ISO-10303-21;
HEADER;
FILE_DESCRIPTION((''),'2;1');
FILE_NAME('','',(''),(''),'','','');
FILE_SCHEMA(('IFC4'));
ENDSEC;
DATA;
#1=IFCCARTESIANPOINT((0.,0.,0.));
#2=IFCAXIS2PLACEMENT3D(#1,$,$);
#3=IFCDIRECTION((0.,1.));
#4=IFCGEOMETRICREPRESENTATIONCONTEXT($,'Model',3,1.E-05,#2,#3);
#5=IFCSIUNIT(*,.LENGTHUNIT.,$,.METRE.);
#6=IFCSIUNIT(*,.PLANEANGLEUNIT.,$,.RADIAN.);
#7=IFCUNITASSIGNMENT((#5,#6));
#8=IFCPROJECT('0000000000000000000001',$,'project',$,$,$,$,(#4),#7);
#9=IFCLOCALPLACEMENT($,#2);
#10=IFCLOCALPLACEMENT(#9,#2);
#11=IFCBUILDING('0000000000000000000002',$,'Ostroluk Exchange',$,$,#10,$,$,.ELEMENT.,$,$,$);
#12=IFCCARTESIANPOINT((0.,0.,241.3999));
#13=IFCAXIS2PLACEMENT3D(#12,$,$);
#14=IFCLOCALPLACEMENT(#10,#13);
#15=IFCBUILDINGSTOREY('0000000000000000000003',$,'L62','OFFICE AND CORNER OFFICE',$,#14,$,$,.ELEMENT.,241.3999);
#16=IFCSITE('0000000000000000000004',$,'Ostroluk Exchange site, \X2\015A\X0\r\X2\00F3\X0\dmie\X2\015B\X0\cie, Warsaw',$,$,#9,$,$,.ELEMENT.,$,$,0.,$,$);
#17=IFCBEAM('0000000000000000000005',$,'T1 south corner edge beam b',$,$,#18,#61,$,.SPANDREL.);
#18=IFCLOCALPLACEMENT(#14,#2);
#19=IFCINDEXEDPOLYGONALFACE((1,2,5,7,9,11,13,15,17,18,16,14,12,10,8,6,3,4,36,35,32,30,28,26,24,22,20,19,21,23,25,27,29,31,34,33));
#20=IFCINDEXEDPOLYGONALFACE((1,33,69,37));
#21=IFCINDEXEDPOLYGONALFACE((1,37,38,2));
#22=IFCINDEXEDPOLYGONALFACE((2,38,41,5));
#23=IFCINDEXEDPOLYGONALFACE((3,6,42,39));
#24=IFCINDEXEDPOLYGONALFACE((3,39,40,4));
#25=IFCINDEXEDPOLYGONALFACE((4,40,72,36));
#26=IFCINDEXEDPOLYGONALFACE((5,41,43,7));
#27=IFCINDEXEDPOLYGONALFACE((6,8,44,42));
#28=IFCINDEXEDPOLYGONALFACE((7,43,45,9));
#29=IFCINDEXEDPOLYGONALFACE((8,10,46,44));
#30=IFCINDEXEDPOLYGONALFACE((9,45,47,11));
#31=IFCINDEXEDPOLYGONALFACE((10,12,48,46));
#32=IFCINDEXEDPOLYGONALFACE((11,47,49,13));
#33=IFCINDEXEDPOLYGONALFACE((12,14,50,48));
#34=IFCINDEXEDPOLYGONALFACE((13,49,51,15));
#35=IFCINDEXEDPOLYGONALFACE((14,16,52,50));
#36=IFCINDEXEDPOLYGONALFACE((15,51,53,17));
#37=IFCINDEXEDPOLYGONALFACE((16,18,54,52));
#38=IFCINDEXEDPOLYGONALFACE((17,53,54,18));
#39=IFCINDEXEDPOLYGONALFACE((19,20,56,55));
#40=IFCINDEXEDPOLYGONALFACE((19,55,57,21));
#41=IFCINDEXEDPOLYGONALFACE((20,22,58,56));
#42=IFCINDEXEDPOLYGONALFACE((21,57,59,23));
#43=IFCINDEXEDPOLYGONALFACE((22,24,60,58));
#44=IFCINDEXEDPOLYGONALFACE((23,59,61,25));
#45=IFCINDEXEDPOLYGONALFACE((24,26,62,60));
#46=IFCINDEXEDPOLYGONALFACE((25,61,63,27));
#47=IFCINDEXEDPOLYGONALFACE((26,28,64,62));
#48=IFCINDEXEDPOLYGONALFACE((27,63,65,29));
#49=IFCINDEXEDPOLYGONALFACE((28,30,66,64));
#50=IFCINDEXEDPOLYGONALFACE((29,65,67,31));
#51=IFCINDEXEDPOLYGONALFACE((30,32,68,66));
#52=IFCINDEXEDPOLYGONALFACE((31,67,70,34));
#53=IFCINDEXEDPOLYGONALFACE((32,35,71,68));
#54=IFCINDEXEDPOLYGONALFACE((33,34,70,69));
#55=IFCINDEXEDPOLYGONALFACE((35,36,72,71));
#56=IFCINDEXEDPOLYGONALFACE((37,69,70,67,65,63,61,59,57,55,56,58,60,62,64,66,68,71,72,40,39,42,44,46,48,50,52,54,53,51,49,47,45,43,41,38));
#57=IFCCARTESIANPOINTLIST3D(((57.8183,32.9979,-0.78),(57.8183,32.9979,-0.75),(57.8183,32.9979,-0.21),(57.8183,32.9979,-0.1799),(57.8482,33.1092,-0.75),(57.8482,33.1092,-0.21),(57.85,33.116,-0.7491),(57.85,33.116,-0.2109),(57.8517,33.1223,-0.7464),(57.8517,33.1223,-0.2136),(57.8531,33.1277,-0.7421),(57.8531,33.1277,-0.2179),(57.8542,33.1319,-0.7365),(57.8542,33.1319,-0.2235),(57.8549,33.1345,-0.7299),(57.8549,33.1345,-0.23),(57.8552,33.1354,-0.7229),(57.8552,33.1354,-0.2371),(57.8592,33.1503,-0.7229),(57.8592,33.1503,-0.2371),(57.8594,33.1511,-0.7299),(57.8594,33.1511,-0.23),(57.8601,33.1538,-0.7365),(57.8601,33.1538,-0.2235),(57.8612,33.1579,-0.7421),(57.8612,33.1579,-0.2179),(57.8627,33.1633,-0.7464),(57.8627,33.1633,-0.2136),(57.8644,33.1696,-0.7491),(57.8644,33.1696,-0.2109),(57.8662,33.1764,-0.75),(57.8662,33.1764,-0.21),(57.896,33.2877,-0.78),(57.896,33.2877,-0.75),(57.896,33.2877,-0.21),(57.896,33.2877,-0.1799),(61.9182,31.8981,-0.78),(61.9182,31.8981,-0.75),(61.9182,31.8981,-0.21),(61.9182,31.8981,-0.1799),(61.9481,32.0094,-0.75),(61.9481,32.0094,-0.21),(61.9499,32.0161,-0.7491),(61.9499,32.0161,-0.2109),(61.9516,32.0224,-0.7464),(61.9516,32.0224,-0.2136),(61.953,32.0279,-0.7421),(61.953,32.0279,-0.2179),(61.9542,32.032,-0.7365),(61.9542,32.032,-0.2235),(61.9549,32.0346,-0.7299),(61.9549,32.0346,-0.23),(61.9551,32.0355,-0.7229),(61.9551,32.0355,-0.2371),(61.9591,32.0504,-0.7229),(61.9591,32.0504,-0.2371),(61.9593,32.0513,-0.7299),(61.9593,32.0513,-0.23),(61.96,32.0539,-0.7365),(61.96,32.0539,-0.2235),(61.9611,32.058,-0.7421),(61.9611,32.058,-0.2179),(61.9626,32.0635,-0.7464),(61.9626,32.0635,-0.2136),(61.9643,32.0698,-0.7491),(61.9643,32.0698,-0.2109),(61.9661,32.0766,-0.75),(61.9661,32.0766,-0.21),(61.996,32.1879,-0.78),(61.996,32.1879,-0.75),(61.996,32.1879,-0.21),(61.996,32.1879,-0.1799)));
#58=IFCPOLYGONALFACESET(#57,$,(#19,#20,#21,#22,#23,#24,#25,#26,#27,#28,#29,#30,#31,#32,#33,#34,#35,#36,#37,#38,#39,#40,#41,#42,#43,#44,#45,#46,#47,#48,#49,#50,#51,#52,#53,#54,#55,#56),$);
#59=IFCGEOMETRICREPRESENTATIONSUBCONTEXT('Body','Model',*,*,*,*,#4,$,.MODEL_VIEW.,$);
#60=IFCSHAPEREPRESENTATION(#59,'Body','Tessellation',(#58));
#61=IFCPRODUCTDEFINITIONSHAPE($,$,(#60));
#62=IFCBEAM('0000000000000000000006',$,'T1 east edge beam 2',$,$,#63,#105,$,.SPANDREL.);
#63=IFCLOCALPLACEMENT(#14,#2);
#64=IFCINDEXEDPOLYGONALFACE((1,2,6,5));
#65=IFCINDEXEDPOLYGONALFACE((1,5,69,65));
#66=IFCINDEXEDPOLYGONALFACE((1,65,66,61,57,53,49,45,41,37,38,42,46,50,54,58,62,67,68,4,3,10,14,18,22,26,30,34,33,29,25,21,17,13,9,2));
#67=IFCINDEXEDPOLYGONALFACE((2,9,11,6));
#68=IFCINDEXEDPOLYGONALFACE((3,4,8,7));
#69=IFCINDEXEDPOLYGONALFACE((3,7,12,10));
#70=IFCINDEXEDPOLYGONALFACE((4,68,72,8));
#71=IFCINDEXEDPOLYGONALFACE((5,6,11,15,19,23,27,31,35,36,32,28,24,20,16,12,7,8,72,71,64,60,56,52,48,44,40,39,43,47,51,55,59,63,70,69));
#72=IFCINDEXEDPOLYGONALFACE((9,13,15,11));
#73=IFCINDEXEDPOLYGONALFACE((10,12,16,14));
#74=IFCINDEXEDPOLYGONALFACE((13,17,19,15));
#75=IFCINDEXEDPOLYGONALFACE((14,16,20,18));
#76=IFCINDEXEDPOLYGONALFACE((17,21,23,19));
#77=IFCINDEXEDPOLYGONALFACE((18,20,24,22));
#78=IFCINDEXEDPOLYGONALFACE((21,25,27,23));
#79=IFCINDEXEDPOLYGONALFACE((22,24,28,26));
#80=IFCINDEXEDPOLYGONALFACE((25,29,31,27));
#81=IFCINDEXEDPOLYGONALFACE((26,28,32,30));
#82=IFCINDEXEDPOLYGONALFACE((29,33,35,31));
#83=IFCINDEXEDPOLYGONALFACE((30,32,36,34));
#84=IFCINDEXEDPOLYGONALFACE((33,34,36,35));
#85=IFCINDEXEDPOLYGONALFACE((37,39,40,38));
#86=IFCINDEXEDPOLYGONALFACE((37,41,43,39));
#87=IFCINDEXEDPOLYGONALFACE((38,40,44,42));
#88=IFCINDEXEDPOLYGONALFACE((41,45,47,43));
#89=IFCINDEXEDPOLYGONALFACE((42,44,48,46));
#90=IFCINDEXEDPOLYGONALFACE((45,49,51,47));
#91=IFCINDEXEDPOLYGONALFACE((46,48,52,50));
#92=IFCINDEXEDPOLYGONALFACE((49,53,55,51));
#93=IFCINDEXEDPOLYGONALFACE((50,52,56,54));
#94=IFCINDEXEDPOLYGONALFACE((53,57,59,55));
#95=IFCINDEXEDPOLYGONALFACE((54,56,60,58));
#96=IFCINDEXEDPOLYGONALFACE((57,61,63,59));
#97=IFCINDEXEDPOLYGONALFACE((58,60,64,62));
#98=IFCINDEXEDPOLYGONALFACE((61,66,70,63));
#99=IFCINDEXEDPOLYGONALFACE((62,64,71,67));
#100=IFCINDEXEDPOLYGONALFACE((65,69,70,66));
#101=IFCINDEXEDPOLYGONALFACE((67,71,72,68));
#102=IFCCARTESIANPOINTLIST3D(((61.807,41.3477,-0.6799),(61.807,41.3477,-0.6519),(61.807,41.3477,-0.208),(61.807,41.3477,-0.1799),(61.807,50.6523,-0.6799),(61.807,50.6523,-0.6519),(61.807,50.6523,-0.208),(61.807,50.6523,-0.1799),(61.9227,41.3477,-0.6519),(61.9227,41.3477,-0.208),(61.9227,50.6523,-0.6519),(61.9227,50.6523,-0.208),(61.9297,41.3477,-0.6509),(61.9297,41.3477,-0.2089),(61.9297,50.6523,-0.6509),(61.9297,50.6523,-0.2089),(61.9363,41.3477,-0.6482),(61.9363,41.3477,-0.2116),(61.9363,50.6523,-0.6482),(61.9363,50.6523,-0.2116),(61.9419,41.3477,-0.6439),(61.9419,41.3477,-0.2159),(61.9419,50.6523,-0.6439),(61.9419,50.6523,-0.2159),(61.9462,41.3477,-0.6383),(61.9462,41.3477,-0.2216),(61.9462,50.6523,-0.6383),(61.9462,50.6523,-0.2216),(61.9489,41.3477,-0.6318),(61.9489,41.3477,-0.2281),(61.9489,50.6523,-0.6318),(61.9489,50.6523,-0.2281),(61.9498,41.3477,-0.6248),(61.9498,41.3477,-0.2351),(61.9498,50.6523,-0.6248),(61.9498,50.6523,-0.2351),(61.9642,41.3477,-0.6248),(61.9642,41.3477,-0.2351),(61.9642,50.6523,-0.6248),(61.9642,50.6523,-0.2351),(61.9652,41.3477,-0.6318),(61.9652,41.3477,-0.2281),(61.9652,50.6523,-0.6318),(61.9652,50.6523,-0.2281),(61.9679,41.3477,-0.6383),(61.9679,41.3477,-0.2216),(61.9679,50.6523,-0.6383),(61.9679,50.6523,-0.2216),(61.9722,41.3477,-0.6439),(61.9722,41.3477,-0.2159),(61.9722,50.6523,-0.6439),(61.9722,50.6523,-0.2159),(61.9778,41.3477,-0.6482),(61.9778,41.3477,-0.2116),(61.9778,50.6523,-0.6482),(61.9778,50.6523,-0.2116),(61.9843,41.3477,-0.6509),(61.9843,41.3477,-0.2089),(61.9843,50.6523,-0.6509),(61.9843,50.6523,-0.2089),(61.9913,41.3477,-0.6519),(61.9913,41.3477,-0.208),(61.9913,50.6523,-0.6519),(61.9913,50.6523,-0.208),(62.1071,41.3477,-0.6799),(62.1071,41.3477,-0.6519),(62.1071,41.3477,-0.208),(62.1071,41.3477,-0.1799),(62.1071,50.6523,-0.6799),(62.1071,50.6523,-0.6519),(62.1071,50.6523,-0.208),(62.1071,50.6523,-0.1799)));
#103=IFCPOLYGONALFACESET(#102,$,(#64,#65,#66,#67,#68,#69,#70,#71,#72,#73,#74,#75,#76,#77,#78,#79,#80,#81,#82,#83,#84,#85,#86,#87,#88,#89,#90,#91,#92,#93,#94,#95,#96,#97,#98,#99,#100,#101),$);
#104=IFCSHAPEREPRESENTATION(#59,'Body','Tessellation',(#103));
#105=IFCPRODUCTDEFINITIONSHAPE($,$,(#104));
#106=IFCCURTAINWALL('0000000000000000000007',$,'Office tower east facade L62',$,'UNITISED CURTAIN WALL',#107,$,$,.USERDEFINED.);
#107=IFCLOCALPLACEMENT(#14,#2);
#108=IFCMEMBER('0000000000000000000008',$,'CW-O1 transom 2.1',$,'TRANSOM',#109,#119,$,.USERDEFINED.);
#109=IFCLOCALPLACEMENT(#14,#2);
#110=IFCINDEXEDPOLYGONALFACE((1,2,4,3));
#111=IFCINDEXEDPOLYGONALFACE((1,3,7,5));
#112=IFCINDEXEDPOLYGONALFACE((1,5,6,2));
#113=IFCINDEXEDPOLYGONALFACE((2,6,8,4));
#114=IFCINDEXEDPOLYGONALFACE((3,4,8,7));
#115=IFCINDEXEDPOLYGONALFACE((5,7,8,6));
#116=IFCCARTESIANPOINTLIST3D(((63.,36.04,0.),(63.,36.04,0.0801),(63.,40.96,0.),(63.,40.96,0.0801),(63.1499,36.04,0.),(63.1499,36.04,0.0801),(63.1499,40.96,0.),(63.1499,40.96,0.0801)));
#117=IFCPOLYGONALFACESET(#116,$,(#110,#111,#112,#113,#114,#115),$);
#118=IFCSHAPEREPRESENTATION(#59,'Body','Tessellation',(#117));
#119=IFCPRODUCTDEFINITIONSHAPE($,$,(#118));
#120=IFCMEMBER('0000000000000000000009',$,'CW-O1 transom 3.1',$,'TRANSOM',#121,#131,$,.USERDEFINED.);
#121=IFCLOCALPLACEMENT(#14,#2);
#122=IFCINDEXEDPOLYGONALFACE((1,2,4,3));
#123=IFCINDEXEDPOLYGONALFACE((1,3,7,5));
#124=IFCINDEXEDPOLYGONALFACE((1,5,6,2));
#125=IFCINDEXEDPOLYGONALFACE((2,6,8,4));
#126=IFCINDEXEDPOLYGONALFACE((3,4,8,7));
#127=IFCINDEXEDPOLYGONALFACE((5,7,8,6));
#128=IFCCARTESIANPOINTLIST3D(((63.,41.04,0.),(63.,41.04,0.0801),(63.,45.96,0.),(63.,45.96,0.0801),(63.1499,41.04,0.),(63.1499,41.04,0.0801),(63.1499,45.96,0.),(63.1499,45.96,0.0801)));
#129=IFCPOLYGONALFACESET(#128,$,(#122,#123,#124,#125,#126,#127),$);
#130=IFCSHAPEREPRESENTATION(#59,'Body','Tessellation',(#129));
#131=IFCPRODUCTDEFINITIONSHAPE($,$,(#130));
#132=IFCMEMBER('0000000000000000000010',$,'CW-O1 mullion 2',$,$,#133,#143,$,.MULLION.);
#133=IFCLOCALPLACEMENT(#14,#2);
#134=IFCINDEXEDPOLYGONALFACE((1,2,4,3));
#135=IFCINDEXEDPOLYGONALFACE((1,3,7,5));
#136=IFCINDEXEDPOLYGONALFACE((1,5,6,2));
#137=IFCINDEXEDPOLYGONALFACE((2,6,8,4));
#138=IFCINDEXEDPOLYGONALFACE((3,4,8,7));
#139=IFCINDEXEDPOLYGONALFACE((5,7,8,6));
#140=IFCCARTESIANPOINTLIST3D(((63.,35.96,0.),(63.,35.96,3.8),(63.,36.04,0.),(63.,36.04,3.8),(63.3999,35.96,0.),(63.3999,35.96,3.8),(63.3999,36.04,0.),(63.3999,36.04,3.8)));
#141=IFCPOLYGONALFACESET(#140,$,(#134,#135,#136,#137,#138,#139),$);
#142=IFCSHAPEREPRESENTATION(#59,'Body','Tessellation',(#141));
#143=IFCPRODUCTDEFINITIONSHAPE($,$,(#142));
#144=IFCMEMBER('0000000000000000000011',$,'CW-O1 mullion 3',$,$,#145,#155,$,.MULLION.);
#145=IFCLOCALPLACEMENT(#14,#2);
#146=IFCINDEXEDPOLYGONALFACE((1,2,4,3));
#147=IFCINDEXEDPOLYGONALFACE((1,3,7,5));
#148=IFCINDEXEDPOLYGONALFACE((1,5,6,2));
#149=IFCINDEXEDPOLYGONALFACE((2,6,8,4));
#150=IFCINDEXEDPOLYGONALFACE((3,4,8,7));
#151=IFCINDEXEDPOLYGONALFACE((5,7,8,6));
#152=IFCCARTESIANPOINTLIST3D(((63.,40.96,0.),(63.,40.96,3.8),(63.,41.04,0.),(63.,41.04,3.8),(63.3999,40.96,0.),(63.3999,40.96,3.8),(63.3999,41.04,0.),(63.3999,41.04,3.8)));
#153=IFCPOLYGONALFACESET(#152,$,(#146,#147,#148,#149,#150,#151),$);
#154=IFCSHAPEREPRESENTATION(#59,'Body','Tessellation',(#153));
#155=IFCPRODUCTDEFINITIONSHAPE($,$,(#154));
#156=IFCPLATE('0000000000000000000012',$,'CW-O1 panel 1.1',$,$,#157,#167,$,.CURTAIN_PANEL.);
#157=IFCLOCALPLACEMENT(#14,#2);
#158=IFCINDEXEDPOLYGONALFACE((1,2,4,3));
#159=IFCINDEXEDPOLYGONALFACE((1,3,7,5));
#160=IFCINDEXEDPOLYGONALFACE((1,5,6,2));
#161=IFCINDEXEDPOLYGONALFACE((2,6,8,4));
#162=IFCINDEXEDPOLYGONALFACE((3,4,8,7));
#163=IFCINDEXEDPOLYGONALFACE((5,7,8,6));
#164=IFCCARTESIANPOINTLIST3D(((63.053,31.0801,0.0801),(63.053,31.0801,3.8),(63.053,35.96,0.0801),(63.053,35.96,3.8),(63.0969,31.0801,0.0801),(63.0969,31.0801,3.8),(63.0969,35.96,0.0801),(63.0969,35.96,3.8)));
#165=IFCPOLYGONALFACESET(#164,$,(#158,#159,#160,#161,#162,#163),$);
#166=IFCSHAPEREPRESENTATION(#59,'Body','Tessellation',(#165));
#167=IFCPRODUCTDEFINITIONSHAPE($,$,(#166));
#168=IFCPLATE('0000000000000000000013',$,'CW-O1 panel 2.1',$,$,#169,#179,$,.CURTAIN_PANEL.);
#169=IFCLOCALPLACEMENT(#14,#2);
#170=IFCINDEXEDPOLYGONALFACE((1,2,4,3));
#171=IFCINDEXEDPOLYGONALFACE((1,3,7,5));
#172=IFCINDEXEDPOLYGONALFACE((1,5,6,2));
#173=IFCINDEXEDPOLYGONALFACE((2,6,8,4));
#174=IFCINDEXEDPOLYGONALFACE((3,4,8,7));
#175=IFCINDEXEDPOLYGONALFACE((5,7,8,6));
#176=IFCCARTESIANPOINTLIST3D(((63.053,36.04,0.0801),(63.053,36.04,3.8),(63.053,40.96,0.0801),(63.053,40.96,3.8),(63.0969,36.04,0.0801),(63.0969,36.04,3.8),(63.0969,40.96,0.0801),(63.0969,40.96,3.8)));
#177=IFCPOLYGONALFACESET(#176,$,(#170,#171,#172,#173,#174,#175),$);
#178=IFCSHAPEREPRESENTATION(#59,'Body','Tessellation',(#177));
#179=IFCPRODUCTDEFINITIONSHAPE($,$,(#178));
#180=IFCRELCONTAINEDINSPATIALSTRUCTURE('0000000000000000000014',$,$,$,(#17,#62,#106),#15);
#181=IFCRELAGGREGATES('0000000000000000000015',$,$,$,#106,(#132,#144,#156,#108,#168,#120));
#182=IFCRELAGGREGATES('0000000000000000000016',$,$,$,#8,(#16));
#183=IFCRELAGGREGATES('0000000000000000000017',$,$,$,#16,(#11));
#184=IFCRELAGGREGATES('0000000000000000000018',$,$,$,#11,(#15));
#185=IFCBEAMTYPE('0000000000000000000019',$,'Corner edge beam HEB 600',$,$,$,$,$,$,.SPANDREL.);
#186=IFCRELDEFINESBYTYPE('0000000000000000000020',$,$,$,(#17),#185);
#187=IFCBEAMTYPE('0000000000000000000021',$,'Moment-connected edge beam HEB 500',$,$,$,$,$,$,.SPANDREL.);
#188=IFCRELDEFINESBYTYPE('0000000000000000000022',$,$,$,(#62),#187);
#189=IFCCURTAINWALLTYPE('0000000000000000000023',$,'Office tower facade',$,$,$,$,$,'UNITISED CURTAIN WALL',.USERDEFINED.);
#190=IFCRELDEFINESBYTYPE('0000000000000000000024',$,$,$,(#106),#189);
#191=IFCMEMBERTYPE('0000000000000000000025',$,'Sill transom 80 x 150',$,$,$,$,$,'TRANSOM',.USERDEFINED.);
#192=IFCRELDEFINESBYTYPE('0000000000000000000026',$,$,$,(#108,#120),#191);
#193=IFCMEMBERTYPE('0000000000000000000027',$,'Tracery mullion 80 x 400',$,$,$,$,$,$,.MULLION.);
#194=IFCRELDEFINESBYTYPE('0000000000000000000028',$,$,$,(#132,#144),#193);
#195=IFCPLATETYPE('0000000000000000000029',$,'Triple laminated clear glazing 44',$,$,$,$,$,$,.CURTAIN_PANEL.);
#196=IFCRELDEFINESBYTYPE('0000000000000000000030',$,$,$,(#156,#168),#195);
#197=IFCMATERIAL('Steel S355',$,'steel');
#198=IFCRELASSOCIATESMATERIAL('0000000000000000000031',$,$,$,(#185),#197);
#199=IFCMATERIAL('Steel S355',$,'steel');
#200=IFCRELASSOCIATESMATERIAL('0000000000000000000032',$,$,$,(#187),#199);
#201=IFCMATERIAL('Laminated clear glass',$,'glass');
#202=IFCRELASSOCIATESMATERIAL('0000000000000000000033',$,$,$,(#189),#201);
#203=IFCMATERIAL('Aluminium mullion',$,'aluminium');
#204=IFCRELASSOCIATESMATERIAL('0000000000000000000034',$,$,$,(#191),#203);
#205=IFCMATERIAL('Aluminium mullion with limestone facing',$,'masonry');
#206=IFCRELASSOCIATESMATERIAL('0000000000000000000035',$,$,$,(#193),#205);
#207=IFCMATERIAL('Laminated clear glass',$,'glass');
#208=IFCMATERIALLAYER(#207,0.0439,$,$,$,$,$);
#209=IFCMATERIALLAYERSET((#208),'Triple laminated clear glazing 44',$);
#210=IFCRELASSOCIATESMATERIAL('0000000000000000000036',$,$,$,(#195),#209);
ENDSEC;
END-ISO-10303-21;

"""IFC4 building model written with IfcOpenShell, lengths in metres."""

from ifc_helpers import new_model, si_unit, direction, frame, origin, origin_2d, place, context, subcontext, project, spatial, rectangle, i_section, extrude, material, layer, layer_set, material_profile, profile_set, type_object, element, aggregate, save


model = new_model("IFC4")

# Units and contexts
model_context = context("Model", 3, precision=1e-05, world=origin(), true_north=direction((0.0, 1.0)))
body_context = subcontext(model_context, "Body", "Model", "MODEL_VIEW")
ifc_project = project(units=[si_unit("LENGTHUNIT", "METRE"), si_unit("PLANEANGLEUNIT", "RADIAN")], contexts=[model_context])

# Site, building, storey
site_placement = place(None, origin())
site = spatial("IfcSite", under=ifc_project, at=site_placement, Name="Ostroluk Exchange site, Śródmieście, Warsaw", CompositionType="ELEMENT", RefElevation=0.0)
building_placement = place(site_placement, origin())
building = spatial("IfcBuilding", under=site, at=building_placement, Name="Ostroluk Exchange", CompositionType="ELEMENT")
storey_placement = place(building_placement, frame((0.0, 0.0, 241.3999)))
storey = spatial("IfcBuildingStorey", under=building, at=storey_placement, Name="L62", Description="OFFICE AND CORNER OFFICE", CompositionType="ELEMENT", Elevation=241.3999)

# Beams
ifc_material_1 = material(Name="Steel S355", Category="steel")
ifc_material_profile_1 = material_profile(ifc_material_1, i_section(OverallWidth=0.3, OverallDepth=0.6001, WebThickness=0.0154, FlangeThickness=0.03, FilletRadius=0.0271, at=origin_2d()), Name="HEB 600")
ifc_profile_set_1 = profile_set([ifc_material_profile_1], Name="Steel S355")
beam_type_1 = type_object("IfcBeamType", Name="Corner edge beam HEB 600", PredefinedType="SPANDREL", material=ifc_profile_set_1)
for number, where, z_axis, x_axis, name in (
    (1, (57.8572, 33.1428, -0.48), (0.965849, -0.259105, 0.0), (0.259105, 0.965849, 0.0), "T1 south corner edge beam b"),
):
    element("IfcBeam", number, at=place(storey_placement, frame(where, z_axis=z_axis, x_axis=x_axis)), inside=storey, type_object=beam_type_1, Name=name, PredefinedType="SPANDREL", context=body_context, shape_type="SweptSolid", body=[
        extrude(i_section(OverallWidth=0.3, OverallDepth=0.6001, WebThickness=0.0154, FlangeThickness=0.03, FilletRadius=0.0271, at=origin_2d()), origin(), (0.0, 0.0, 1.0), 4.2449),
    ])
ifc_material_2 = material(Name="Steel S355", Category="steel")
ifc_material_profile_2 = material_profile(ifc_material_2, i_section(OverallWidth=0.3, OverallDepth=0.5, WebThickness=0.0144, FlangeThickness=0.0281, FilletRadius=0.0271, at=origin_2d()), Name="HEB 500")
ifc_profile_set_2 = profile_set([ifc_material_profile_2], Name="Steel S355")
beam_type_2 = type_object("IfcBeamType", Name="Moment-connected edge beam HEB 500", PredefinedType="SPANDREL", material=ifc_profile_set_2)
beam_1_placement = place(storey_placement, frame((61.957, 41.3477, -0.4299), z_axis=(0.0, 1.0, 0.0), x_axis=(-1.0, 0.0, 0.0)))
element("IfcBeam", 2, at=beam_1_placement, inside=storey, type_object=beam_type_2, Name="T1 east edge beam 2", PredefinedType="SPANDREL", context=body_context, shape_type="SweptSolid", body=[
    extrude(i_section(OverallWidth=0.3, OverallDepth=0.5, WebThickness=0.0144, FlangeThickness=0.0281, FilletRadius=0.0271, at=origin_2d()), origin(), (0.0, 0.0, 1.0), 9.3047),
])

# Curtain wall, members, plates
ifc_material_3 = material(Name="Laminated clear glass", Category="glass")
curtain_wall_type = type_object("IfcCurtainWallType", Name="Office tower facade", ElementType="UNITISED CURTAIN WALL", PredefinedType="USERDEFINED", material=ifc_material_3)
curtain_wall_placement = place(storey_placement, origin())
curtain_wall = element("IfcCurtainWall", 3, at=curtain_wall_placement, inside=storey, type_object=curtain_wall_type, Name="Office tower east facade L62", ObjectType="UNITISED CURTAIN WALL", PredefinedType="USERDEFINED")
ifc_material_4 = material(Name="Aluminium mullion", Category="aluminium")
ifc_material_profile_3 = material_profile(ifc_material_4, rectangle(XDim=0.1499, YDim=0.0801, at=origin_2d()), Name="Sill transom 80 x 150")
ifc_profile_set_3 = profile_set([ifc_material_profile_3], Name="Aluminium mullion")
member_type_1 = type_object("IfcMemberType", Name="Sill transom 80 x 150", ElementType="TRANSOM", PredefinedType="USERDEFINED", material=ifc_profile_set_3)
member_1_placement = place(storey_placement, frame((63.075, 36.04, 0.04), z_axis=(0.0, 1.0, 0.0), x_axis=(-1.0, 0.0, 0.0)))
member_1 = element("IfcMember", 4, at=member_1_placement, type_object=member_type_1, Name="CW-O1 transom 2.1", ObjectType="TRANSOM", PredefinedType="USERDEFINED", context=body_context, shape_type="SweptSolid", body=[
    extrude(rectangle(XDim=0.1499, YDim=0.0801, at=origin_2d()), origin(), (0.0, 0.0, 1.0), 4.9199),
])
member_2_placement = place(storey_placement, frame((63.075, 41.04, 0.04), z_axis=(0.0, 1.0, 0.0), x_axis=(-1.0, 0.0, 0.0)))
member_2 = element("IfcMember", 5, at=member_2_placement, type_object=member_type_1, Name="CW-O1 transom 3.1", ObjectType="TRANSOM", PredefinedType="USERDEFINED", context=body_context, shape_type="SweptSolid", body=[
    extrude(rectangle(XDim=0.1499, YDim=0.0801, at=origin_2d()), origin(), (0.0, 0.0, 1.0), 4.9199),
])
ifc_material_5 = material(Name="Aluminium mullion with limestone facing", Category="masonry")
ifc_material_profile_4 = material_profile(ifc_material_5, rectangle(XDim=0.3999, YDim=0.0801, at=origin_2d()), Name="Tracery mullion 80 x 400")
ifc_profile_set_4 = profile_set([ifc_material_profile_4], Name="Aluminium mullion with limestone facing")
member_type_2 = type_object("IfcMemberType", Name="Tracery mullion 80 x 400", PredefinedType="MULLION", material=ifc_profile_set_4)
member_3_placement = place(storey_placement, frame((63.2, 36.0, 0.0), z_axis=(0.0, 0.0, 1.0), x_axis=(-1.0, 0.0, 0.0)))
member_3 = element("IfcMember", 6, at=member_3_placement, type_object=member_type_2, Name="CW-O1 mullion 2", PredefinedType="MULLION", context=body_context, shape_type="SweptSolid", body=[
    extrude(rectangle(XDim=0.3999, YDim=0.0801, at=origin_2d()), origin(), (0.0, 0.0, 1.0), 3.8),
])
member_4_placement = place(storey_placement, frame((63.2, 41.0, 0.0), z_axis=(0.0, 0.0, 1.0), x_axis=(-1.0, 0.0, 0.0)))
member_4 = element("IfcMember", 7, at=member_4_placement, type_object=member_type_2, Name="CW-O1 mullion 3", PredefinedType="MULLION", context=body_context, shape_type="SweptSolid", body=[
    extrude(rectangle(XDim=0.3999, YDim=0.0801, at=origin_2d()), origin(), (0.0, 0.0, 1.0), 3.8),
])
ifc_material_6 = material(Name="Laminated clear glass", Category="glass")
ifc_layer_1 = layer(ifc_material_6, 0.0439)
ifc_layer_set_1 = layer_set([ifc_layer_1], Name="Triple laminated clear glazing 44")
plate_type = type_object("IfcPlateType", Name="Triple laminated clear glazing 44", PredefinedType="CURTAIN_PANEL", material=ifc_layer_set_1)
plate_1_placement = place(storey_placement, frame((63.075, 33.52, 0.0801), z_axis=(0.0, 0.0, 1.0), x_axis=(0.0, 1.0, 0.0)))
plate_1 = element("IfcPlate", 8, at=plate_1_placement, type_object=plate_type, Name="CW-O1 panel 1.1", PredefinedType="CURTAIN_PANEL", context=body_context, shape_type="SweptSolid", body=[
    extrude(rectangle(XDim=4.8799, YDim=0.0439, at=origin_2d()), origin(), (0.0, 0.0, 1.0), 3.72),
])
plate_2_placement = place(storey_placement, frame((63.075, 38.5, 0.0801), z_axis=(0.0, 0.0, 1.0), x_axis=(0.0, 1.0, 0.0)))
plate_2 = element("IfcPlate", 9, at=plate_2_placement, type_object=plate_type, Name="CW-O1 panel 2.1", PredefinedType="CURTAIN_PANEL", context=body_context, shape_type="SweptSolid", body=[
    extrude(rectangle(XDim=4.9199, YDim=0.0439, at=origin_2d()), origin(), (0.0, 0.0, 1.0), 3.72),
])
aggregate(curtain_wall, [member_3, member_4, plate_1, member_1, plate_2, member_2])

save(model, "model.ifc")
